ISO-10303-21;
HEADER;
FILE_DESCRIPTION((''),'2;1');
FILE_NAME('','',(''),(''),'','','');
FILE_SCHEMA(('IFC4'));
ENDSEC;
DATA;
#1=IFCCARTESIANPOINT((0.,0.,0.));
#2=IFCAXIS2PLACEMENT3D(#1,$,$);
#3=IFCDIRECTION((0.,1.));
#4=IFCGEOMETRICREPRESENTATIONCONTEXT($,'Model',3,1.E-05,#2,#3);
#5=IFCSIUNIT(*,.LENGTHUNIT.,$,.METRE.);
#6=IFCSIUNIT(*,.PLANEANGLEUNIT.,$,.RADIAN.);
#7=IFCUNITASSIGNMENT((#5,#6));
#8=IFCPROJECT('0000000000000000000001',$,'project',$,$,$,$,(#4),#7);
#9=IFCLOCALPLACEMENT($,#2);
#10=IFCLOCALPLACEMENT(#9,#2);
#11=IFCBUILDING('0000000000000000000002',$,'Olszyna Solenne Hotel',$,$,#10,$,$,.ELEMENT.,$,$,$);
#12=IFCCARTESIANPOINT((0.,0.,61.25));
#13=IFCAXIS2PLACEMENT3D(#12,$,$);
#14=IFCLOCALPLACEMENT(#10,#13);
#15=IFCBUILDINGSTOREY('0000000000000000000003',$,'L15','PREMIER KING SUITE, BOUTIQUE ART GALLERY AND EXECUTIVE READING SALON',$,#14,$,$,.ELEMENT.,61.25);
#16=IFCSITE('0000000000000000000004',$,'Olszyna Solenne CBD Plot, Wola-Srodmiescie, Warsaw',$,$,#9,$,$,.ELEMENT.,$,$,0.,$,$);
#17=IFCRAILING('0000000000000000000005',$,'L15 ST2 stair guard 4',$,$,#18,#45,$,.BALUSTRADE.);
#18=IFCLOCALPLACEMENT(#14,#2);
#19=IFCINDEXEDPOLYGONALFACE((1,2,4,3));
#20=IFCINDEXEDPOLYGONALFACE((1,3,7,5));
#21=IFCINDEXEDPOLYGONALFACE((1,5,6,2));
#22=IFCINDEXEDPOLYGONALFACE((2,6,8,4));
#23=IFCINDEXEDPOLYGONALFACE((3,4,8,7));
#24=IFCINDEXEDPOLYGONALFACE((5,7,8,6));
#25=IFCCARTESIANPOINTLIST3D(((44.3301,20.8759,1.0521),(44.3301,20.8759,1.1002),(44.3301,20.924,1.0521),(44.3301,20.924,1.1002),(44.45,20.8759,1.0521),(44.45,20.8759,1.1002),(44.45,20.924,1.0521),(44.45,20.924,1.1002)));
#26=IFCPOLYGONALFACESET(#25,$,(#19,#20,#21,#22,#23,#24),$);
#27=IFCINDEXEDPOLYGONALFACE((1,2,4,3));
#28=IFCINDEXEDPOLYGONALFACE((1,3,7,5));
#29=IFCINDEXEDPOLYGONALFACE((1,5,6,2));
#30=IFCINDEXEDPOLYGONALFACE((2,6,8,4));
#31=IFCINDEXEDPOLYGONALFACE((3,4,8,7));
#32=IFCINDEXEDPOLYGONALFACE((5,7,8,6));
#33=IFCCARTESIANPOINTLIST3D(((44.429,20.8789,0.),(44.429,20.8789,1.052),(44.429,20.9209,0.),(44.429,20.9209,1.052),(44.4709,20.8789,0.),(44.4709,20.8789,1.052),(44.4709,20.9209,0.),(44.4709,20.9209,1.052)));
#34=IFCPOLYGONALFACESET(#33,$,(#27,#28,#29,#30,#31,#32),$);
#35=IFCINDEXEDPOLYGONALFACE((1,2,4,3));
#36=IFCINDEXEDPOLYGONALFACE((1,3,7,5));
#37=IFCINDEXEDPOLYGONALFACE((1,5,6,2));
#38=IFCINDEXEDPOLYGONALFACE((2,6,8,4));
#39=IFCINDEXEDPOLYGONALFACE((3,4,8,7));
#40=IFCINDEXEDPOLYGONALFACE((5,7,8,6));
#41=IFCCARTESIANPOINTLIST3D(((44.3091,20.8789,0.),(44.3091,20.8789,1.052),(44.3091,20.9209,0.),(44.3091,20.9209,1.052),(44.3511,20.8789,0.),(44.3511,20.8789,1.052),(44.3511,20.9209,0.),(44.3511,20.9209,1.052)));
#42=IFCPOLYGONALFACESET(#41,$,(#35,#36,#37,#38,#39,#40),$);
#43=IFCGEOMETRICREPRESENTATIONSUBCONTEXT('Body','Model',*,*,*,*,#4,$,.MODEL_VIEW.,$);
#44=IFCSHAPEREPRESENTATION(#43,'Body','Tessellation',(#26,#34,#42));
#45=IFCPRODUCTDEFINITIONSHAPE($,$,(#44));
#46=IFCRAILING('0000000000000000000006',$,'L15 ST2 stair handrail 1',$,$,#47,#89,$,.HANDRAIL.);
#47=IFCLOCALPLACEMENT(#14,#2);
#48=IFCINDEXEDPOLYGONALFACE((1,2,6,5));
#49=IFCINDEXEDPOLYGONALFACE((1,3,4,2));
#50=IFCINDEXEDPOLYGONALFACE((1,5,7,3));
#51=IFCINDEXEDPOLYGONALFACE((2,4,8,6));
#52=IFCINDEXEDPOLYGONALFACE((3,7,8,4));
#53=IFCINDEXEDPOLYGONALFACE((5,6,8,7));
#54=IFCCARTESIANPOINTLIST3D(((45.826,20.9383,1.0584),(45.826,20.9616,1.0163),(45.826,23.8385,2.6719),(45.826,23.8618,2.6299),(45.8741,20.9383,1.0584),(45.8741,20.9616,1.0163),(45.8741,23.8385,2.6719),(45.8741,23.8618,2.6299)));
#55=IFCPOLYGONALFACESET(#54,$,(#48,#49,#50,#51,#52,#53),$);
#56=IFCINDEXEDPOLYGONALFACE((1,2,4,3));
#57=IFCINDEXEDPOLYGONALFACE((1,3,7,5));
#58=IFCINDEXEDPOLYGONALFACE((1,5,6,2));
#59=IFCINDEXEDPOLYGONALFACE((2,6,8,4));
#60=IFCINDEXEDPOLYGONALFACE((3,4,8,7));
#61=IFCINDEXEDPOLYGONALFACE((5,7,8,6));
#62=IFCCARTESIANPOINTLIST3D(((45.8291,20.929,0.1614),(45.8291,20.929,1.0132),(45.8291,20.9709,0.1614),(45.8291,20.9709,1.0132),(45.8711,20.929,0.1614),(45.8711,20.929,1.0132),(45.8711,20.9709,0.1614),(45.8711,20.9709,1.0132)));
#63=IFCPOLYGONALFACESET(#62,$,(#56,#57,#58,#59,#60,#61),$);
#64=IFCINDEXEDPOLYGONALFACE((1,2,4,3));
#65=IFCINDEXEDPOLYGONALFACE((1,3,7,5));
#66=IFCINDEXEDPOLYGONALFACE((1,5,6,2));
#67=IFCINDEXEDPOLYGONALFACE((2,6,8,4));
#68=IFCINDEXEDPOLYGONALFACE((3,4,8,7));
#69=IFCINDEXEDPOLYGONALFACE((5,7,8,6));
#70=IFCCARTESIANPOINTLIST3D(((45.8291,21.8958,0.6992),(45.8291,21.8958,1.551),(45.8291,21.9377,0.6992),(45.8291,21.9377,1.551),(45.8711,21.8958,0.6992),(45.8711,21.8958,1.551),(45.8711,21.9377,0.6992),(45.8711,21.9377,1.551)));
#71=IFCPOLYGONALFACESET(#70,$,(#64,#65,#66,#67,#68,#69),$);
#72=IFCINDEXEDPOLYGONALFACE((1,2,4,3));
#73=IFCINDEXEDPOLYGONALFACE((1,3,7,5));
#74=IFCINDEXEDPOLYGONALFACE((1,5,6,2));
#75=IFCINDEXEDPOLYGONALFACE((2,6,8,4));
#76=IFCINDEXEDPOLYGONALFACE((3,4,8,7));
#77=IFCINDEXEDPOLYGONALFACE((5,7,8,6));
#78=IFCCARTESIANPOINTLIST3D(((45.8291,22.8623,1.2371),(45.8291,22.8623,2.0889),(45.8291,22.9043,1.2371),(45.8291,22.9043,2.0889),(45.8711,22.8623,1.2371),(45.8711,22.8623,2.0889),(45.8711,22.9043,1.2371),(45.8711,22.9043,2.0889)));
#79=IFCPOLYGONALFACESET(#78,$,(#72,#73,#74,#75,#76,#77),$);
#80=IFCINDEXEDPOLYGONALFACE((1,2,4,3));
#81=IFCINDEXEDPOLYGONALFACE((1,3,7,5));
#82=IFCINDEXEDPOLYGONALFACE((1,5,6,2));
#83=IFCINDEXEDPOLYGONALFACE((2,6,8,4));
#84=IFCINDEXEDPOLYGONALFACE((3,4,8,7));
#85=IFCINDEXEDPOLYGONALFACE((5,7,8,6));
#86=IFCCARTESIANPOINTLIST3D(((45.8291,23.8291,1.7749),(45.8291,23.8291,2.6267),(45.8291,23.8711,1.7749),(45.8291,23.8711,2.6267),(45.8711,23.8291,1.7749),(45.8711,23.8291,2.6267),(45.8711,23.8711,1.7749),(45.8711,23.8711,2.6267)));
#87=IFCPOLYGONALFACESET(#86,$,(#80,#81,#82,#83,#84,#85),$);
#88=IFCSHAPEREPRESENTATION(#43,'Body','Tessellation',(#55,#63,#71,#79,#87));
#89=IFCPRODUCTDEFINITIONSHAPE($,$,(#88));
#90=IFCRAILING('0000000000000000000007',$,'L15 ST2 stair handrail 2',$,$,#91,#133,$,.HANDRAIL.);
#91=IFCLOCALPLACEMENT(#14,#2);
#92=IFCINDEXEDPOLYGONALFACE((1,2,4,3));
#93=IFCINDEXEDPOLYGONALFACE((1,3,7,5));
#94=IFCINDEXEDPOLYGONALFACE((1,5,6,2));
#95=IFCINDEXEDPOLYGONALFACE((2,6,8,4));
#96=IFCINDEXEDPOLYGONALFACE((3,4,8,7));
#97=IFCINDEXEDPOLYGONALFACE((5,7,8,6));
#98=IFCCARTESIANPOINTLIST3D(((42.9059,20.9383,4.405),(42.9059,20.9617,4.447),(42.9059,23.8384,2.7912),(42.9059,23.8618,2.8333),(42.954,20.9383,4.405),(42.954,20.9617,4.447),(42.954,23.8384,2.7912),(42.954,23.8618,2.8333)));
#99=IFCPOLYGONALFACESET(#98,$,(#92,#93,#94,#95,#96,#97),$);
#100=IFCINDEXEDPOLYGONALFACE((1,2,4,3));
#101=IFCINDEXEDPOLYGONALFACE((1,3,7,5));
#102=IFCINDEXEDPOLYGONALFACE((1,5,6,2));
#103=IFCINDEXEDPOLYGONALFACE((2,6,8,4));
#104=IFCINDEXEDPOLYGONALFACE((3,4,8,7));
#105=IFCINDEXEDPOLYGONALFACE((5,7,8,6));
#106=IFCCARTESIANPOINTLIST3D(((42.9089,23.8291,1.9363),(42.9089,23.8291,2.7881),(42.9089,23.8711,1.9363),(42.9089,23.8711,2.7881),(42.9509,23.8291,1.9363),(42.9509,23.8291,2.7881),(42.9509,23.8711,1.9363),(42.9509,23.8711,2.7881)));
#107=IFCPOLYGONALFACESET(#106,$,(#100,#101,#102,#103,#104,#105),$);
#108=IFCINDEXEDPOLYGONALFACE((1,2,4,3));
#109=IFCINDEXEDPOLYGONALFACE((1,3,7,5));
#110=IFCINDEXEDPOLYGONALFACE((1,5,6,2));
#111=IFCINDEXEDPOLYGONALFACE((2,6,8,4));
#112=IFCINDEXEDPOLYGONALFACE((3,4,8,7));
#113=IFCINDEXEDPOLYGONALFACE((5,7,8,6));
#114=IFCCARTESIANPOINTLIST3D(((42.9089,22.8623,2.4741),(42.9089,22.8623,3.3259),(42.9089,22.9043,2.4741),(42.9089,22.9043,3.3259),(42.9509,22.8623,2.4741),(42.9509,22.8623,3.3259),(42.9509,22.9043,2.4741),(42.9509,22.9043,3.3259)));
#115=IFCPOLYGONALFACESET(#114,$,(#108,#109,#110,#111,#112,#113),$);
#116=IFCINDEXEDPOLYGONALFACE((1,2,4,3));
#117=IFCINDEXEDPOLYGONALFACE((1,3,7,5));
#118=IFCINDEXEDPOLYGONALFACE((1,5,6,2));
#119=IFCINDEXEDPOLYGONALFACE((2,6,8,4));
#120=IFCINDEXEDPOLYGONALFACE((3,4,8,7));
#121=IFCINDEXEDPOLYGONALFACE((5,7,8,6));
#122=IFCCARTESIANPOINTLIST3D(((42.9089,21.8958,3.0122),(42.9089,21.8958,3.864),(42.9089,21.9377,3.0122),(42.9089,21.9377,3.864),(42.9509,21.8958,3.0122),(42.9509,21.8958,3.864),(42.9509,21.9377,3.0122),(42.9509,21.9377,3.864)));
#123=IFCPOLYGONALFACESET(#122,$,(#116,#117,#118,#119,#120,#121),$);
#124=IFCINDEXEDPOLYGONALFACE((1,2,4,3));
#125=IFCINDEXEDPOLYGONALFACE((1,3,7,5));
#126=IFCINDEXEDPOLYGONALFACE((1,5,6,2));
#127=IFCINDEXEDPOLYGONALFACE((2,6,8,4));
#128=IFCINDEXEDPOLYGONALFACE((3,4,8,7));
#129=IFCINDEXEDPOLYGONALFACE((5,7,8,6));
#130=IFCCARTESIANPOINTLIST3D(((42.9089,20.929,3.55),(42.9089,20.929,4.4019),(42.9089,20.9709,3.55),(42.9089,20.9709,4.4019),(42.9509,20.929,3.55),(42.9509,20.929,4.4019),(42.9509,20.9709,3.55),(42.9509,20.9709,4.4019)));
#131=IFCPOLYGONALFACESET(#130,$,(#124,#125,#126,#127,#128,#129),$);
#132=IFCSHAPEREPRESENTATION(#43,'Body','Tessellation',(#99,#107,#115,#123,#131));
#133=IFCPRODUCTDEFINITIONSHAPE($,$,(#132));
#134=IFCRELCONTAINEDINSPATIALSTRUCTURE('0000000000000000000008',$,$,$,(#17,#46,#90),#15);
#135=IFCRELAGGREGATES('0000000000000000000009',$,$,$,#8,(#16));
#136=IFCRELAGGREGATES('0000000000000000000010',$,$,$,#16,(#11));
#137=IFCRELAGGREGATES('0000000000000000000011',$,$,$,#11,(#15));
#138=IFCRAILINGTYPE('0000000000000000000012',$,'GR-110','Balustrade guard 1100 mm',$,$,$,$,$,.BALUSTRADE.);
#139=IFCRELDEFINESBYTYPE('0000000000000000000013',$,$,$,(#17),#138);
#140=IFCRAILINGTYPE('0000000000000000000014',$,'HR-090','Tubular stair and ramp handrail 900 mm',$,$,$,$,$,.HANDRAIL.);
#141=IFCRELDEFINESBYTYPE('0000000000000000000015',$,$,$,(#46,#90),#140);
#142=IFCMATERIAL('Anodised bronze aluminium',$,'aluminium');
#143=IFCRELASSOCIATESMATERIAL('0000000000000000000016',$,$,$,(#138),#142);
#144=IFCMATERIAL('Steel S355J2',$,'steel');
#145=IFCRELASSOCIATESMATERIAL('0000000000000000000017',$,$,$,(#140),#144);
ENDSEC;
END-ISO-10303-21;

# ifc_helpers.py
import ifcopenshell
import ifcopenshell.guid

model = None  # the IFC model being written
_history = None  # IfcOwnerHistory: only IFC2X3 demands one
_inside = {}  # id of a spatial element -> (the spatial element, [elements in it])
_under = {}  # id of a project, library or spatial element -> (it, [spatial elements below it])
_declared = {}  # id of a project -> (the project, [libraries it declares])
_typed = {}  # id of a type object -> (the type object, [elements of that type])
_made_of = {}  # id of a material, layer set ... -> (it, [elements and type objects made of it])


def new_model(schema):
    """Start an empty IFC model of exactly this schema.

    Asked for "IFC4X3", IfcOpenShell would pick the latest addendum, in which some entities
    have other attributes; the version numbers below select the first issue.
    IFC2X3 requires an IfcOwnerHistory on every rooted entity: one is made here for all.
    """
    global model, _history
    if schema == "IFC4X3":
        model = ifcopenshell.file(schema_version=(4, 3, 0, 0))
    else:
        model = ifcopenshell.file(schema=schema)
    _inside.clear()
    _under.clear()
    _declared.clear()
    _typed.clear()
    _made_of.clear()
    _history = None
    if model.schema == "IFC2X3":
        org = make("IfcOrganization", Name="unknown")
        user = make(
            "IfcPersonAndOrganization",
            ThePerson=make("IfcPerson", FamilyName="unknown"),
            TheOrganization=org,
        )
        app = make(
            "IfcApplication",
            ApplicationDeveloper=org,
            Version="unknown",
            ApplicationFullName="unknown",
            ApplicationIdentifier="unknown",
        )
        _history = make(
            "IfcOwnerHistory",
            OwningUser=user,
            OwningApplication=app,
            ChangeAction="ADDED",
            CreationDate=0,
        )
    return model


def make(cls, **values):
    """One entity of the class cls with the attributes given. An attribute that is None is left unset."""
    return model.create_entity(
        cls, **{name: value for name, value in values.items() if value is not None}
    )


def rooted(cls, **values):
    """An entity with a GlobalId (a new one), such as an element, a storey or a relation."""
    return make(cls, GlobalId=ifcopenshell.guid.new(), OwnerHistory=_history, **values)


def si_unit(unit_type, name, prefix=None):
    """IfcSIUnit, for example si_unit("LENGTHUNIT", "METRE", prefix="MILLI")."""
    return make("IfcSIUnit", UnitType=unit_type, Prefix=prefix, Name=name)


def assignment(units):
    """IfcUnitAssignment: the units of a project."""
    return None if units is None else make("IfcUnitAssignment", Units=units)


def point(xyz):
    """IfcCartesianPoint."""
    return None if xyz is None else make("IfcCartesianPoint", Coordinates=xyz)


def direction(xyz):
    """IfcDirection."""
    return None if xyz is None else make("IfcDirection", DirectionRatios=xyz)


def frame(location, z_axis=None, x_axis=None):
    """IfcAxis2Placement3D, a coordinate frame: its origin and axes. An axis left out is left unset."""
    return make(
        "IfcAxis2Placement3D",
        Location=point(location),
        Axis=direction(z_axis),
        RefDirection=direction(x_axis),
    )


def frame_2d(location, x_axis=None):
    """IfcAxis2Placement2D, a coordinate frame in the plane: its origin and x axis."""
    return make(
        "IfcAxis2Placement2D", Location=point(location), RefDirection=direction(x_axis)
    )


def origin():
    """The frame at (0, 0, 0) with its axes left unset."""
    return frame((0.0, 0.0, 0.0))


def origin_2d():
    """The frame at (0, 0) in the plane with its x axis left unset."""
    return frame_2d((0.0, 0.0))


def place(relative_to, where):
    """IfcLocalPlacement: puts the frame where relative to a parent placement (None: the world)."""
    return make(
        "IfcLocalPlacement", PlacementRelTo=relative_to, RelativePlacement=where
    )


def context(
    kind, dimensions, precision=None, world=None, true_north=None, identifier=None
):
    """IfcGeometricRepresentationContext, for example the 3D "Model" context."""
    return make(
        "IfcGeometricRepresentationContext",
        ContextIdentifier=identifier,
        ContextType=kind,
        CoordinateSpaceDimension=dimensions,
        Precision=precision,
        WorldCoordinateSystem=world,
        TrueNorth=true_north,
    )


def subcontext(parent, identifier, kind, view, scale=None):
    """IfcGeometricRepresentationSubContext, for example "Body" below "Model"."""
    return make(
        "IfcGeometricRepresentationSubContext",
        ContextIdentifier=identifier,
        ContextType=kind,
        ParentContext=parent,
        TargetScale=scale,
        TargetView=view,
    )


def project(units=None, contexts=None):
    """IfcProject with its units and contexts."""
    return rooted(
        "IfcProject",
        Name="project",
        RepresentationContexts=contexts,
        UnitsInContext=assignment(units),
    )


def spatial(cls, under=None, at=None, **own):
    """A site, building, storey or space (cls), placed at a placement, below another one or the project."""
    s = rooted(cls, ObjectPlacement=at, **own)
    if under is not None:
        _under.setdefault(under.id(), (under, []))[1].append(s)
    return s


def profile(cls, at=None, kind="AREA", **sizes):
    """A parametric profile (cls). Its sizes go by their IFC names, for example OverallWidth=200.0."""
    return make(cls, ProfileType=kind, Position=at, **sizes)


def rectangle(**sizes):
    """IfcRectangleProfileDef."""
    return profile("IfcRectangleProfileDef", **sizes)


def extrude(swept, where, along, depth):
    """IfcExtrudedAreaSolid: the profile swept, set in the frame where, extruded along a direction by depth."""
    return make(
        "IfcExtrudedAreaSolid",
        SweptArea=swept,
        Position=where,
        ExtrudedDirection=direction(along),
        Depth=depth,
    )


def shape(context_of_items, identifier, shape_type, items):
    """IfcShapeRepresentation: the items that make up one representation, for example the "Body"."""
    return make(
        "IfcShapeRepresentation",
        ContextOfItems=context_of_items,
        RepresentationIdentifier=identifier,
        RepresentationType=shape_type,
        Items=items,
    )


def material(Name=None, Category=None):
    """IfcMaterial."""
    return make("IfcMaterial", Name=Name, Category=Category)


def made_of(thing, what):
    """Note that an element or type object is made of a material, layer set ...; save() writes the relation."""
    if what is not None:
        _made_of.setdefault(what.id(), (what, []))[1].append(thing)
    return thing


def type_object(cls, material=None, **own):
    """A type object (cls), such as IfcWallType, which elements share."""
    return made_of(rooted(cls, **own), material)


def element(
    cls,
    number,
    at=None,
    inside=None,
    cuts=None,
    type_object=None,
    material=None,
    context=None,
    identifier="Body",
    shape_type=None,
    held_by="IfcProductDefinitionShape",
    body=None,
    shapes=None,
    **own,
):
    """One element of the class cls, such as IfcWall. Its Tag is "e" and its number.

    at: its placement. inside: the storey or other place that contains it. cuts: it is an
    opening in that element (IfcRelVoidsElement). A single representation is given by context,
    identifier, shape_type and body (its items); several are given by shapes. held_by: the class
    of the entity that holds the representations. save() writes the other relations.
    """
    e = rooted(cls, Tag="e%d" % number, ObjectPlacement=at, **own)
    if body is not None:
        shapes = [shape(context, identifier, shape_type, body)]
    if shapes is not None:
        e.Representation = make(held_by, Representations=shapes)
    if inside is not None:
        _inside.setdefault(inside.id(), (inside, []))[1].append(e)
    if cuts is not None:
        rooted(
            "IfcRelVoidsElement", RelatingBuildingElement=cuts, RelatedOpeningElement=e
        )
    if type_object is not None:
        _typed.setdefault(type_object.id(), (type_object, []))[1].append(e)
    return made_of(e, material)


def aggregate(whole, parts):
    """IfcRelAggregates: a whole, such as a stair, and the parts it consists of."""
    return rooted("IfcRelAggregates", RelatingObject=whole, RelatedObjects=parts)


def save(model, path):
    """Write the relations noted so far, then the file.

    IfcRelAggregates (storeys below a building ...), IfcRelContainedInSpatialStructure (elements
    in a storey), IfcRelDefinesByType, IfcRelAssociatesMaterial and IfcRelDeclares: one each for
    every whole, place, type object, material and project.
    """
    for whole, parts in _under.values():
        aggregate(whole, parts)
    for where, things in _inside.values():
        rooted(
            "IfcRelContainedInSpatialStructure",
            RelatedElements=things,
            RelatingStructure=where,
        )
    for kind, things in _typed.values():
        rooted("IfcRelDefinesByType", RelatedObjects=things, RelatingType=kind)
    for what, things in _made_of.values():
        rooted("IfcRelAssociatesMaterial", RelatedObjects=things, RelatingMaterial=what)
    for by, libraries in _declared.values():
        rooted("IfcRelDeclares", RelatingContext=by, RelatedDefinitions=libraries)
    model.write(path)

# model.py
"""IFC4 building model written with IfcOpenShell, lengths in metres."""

from ifc_helpers import new_model, si_unit, direction, frame, origin, origin_2d, place, context, subcontext, project, spatial, rectangle, extrude, material, type_object, element, save


model = new_model("IFC4")

# Units and contexts
model_context = context("Model", 3, precision=1e-05, world=origin(), true_north=direction((0.0, 1.0)))
body_context = subcontext(model_context, "Body", "Model", "MODEL_VIEW")
ifc_project = project(units=[si_unit("LENGTHUNIT", "METRE"), si_unit("PLANEANGLEUNIT", "RADIAN")], contexts=[model_context])

# Site, building, storey
site_placement = place(None, origin())
site = spatial("IfcSite", under=ifc_project, at=site_placement, Name="Olszyna Solenne CBD Plot, Wola-Srodmiescie, Warsaw", CompositionType="ELEMENT", RefElevation=0.0)
building_placement = place(site_placement, origin())
building = spatial("IfcBuilding", under=site, at=building_placement, Name="Olszyna Solenne Hotel", CompositionType="ELEMENT")
storey_placement = place(building_placement, frame((0.0, 0.0, 61.25)))
storey = spatial("IfcBuildingStorey", under=building, at=storey_placement, Name="L15", Description="PREMIER KING SUITE, BOUTIQUE ART GALLERY AND EXECUTIVE READING SALON", CompositionType="ELEMENT", Elevation=61.25)

# Shared definitions
ifc_material_1 = material(Name="Steel S355J2", Category="steel")

# Railings
ifc_material_2 = material(Name="Anodised bronze aluminium", Category="aluminium")
railing_type_1 = type_object("IfcRailingType", Name="GR-110", Description="Balustrade guard 1100 mm", PredefinedType="BALUSTRADE", material=ifc_material_2)
railing_1_placement = place(storey_placement, frame((44.45, 20.8999, 0.0)))
element("IfcRailing", 1, at=railing_1_placement, inside=storey, type_object=railing_type_1, Name="L15 ST2 stair guard 4", PredefinedType="BALUSTRADE", context=body_context, shape_type="SweptSolid", body=[
    extrude(rectangle(XDim=0.0481, YDim=0.0481, at=origin_2d()), frame((0.0, 0.0, 1.0762), z_axis=(-1.0, 0.0, 0.0), x_axis=(0.0, -1.0, 0.0)), (0.0, 0.0, 1.0), 0.1199),
    extrude(rectangle(XDim=0.042, YDim=0.042, at=origin_2d()), origin(), (0.0, 0.0, 1.0), 1.052),
    extrude(rectangle(XDim=0.042, YDim=0.042, at=origin_2d()), frame((-0.1199, 0.0, 0.0)), (0.0, 0.0, 1.0), 1.052),
])
railing_type_2 = type_object("IfcRailingType", Name="HR-090", Description="Tubular stair and ramp handrail 900 mm", PredefinedType="HANDRAIL", material=ifc_material_1)
railing_2_placement = place(storey_placement, frame((45.8501, 20.95, 0.1614)))
element("IfcRailing", 2, at=railing_2_placement, inside=storey, type_object=railing_type_2, Name="L15 ST2 stair handrail 1", PredefinedType="HANDRAIL", context=body_context, shape_type="SweptSolid", body=[
    extrude(rectangle(XDim=0.0481, YDim=0.0481, at=origin_2d()), frame((0.0, 0.0, 0.876), z_axis=(0.0, 0.873859, 0.48618), x_axis=(-1.0, 0.0, 0.0)), (0.0, 0.0, 1.0), 3.3188),
    extrude(rectangle(XDim=0.042, YDim=0.042, at=origin_2d()), origin(), (0.0, 0.0, 1.0), 0.8518),
    extrude(rectangle(XDim=0.042, YDim=0.042, at=origin_2d()), frame((0.0, 0.9668, 0.5378)), (0.0, 0.0, 1.0), 0.8518),
    extrude(rectangle(XDim=0.042, YDim=0.042, at=origin_2d()), frame((0.0, 1.9333, 1.0757)), (0.0, 0.0, 1.0), 0.8518),
    extrude(rectangle(XDim=0.042, YDim=0.042, at=origin_2d()), frame((0.0, 2.9001, 1.6135)), (0.0, 0.0, 1.0), 0.8518),
])
railing_3_placement = place(storey_placement, frame((42.9299, 23.8501, 1.9363)))
element("IfcRailing", 3, at=railing_3_placement, inside=storey, type_object=railing_type_2, Name="L15 ST2 stair handrail 2", PredefinedType="HANDRAIL", context=body_context, shape_type="SweptSolid", body=[
    extrude(rectangle(XDim=0.0481, YDim=0.0481, at=origin_2d()), frame((0.0, 0.0, 0.876), z_axis=(0.0, -0.873827, 0.486236), x_axis=(1.0, 0.0, 0.0)), (0.0, 0.0, 1.0), 3.3188),
    extrude(rectangle(XDim=0.042, YDim=0.042, at=origin_2d()), origin(), (0.0, 0.0, 1.0), 0.8518),
    extrude(rectangle(XDim=0.042, YDim=0.042, at=origin_2d()), frame((0.0, -0.9668, 0.5378)), (0.0, 0.0, 1.0), 0.8518),
    extrude(rectangle(XDim=0.042, YDim=0.042, at=origin_2d()), frame((0.0, -1.9333, 1.0759)), (0.0, 0.0, 1.0), 0.8518),
    extrude(rectangle(XDim=0.042, YDim=0.042, at=origin_2d()), frame((0.0, -2.9001, 1.6138)), (0.0, 0.0, 1.0), 0.8518),
])

save(model, "model.ifc")
